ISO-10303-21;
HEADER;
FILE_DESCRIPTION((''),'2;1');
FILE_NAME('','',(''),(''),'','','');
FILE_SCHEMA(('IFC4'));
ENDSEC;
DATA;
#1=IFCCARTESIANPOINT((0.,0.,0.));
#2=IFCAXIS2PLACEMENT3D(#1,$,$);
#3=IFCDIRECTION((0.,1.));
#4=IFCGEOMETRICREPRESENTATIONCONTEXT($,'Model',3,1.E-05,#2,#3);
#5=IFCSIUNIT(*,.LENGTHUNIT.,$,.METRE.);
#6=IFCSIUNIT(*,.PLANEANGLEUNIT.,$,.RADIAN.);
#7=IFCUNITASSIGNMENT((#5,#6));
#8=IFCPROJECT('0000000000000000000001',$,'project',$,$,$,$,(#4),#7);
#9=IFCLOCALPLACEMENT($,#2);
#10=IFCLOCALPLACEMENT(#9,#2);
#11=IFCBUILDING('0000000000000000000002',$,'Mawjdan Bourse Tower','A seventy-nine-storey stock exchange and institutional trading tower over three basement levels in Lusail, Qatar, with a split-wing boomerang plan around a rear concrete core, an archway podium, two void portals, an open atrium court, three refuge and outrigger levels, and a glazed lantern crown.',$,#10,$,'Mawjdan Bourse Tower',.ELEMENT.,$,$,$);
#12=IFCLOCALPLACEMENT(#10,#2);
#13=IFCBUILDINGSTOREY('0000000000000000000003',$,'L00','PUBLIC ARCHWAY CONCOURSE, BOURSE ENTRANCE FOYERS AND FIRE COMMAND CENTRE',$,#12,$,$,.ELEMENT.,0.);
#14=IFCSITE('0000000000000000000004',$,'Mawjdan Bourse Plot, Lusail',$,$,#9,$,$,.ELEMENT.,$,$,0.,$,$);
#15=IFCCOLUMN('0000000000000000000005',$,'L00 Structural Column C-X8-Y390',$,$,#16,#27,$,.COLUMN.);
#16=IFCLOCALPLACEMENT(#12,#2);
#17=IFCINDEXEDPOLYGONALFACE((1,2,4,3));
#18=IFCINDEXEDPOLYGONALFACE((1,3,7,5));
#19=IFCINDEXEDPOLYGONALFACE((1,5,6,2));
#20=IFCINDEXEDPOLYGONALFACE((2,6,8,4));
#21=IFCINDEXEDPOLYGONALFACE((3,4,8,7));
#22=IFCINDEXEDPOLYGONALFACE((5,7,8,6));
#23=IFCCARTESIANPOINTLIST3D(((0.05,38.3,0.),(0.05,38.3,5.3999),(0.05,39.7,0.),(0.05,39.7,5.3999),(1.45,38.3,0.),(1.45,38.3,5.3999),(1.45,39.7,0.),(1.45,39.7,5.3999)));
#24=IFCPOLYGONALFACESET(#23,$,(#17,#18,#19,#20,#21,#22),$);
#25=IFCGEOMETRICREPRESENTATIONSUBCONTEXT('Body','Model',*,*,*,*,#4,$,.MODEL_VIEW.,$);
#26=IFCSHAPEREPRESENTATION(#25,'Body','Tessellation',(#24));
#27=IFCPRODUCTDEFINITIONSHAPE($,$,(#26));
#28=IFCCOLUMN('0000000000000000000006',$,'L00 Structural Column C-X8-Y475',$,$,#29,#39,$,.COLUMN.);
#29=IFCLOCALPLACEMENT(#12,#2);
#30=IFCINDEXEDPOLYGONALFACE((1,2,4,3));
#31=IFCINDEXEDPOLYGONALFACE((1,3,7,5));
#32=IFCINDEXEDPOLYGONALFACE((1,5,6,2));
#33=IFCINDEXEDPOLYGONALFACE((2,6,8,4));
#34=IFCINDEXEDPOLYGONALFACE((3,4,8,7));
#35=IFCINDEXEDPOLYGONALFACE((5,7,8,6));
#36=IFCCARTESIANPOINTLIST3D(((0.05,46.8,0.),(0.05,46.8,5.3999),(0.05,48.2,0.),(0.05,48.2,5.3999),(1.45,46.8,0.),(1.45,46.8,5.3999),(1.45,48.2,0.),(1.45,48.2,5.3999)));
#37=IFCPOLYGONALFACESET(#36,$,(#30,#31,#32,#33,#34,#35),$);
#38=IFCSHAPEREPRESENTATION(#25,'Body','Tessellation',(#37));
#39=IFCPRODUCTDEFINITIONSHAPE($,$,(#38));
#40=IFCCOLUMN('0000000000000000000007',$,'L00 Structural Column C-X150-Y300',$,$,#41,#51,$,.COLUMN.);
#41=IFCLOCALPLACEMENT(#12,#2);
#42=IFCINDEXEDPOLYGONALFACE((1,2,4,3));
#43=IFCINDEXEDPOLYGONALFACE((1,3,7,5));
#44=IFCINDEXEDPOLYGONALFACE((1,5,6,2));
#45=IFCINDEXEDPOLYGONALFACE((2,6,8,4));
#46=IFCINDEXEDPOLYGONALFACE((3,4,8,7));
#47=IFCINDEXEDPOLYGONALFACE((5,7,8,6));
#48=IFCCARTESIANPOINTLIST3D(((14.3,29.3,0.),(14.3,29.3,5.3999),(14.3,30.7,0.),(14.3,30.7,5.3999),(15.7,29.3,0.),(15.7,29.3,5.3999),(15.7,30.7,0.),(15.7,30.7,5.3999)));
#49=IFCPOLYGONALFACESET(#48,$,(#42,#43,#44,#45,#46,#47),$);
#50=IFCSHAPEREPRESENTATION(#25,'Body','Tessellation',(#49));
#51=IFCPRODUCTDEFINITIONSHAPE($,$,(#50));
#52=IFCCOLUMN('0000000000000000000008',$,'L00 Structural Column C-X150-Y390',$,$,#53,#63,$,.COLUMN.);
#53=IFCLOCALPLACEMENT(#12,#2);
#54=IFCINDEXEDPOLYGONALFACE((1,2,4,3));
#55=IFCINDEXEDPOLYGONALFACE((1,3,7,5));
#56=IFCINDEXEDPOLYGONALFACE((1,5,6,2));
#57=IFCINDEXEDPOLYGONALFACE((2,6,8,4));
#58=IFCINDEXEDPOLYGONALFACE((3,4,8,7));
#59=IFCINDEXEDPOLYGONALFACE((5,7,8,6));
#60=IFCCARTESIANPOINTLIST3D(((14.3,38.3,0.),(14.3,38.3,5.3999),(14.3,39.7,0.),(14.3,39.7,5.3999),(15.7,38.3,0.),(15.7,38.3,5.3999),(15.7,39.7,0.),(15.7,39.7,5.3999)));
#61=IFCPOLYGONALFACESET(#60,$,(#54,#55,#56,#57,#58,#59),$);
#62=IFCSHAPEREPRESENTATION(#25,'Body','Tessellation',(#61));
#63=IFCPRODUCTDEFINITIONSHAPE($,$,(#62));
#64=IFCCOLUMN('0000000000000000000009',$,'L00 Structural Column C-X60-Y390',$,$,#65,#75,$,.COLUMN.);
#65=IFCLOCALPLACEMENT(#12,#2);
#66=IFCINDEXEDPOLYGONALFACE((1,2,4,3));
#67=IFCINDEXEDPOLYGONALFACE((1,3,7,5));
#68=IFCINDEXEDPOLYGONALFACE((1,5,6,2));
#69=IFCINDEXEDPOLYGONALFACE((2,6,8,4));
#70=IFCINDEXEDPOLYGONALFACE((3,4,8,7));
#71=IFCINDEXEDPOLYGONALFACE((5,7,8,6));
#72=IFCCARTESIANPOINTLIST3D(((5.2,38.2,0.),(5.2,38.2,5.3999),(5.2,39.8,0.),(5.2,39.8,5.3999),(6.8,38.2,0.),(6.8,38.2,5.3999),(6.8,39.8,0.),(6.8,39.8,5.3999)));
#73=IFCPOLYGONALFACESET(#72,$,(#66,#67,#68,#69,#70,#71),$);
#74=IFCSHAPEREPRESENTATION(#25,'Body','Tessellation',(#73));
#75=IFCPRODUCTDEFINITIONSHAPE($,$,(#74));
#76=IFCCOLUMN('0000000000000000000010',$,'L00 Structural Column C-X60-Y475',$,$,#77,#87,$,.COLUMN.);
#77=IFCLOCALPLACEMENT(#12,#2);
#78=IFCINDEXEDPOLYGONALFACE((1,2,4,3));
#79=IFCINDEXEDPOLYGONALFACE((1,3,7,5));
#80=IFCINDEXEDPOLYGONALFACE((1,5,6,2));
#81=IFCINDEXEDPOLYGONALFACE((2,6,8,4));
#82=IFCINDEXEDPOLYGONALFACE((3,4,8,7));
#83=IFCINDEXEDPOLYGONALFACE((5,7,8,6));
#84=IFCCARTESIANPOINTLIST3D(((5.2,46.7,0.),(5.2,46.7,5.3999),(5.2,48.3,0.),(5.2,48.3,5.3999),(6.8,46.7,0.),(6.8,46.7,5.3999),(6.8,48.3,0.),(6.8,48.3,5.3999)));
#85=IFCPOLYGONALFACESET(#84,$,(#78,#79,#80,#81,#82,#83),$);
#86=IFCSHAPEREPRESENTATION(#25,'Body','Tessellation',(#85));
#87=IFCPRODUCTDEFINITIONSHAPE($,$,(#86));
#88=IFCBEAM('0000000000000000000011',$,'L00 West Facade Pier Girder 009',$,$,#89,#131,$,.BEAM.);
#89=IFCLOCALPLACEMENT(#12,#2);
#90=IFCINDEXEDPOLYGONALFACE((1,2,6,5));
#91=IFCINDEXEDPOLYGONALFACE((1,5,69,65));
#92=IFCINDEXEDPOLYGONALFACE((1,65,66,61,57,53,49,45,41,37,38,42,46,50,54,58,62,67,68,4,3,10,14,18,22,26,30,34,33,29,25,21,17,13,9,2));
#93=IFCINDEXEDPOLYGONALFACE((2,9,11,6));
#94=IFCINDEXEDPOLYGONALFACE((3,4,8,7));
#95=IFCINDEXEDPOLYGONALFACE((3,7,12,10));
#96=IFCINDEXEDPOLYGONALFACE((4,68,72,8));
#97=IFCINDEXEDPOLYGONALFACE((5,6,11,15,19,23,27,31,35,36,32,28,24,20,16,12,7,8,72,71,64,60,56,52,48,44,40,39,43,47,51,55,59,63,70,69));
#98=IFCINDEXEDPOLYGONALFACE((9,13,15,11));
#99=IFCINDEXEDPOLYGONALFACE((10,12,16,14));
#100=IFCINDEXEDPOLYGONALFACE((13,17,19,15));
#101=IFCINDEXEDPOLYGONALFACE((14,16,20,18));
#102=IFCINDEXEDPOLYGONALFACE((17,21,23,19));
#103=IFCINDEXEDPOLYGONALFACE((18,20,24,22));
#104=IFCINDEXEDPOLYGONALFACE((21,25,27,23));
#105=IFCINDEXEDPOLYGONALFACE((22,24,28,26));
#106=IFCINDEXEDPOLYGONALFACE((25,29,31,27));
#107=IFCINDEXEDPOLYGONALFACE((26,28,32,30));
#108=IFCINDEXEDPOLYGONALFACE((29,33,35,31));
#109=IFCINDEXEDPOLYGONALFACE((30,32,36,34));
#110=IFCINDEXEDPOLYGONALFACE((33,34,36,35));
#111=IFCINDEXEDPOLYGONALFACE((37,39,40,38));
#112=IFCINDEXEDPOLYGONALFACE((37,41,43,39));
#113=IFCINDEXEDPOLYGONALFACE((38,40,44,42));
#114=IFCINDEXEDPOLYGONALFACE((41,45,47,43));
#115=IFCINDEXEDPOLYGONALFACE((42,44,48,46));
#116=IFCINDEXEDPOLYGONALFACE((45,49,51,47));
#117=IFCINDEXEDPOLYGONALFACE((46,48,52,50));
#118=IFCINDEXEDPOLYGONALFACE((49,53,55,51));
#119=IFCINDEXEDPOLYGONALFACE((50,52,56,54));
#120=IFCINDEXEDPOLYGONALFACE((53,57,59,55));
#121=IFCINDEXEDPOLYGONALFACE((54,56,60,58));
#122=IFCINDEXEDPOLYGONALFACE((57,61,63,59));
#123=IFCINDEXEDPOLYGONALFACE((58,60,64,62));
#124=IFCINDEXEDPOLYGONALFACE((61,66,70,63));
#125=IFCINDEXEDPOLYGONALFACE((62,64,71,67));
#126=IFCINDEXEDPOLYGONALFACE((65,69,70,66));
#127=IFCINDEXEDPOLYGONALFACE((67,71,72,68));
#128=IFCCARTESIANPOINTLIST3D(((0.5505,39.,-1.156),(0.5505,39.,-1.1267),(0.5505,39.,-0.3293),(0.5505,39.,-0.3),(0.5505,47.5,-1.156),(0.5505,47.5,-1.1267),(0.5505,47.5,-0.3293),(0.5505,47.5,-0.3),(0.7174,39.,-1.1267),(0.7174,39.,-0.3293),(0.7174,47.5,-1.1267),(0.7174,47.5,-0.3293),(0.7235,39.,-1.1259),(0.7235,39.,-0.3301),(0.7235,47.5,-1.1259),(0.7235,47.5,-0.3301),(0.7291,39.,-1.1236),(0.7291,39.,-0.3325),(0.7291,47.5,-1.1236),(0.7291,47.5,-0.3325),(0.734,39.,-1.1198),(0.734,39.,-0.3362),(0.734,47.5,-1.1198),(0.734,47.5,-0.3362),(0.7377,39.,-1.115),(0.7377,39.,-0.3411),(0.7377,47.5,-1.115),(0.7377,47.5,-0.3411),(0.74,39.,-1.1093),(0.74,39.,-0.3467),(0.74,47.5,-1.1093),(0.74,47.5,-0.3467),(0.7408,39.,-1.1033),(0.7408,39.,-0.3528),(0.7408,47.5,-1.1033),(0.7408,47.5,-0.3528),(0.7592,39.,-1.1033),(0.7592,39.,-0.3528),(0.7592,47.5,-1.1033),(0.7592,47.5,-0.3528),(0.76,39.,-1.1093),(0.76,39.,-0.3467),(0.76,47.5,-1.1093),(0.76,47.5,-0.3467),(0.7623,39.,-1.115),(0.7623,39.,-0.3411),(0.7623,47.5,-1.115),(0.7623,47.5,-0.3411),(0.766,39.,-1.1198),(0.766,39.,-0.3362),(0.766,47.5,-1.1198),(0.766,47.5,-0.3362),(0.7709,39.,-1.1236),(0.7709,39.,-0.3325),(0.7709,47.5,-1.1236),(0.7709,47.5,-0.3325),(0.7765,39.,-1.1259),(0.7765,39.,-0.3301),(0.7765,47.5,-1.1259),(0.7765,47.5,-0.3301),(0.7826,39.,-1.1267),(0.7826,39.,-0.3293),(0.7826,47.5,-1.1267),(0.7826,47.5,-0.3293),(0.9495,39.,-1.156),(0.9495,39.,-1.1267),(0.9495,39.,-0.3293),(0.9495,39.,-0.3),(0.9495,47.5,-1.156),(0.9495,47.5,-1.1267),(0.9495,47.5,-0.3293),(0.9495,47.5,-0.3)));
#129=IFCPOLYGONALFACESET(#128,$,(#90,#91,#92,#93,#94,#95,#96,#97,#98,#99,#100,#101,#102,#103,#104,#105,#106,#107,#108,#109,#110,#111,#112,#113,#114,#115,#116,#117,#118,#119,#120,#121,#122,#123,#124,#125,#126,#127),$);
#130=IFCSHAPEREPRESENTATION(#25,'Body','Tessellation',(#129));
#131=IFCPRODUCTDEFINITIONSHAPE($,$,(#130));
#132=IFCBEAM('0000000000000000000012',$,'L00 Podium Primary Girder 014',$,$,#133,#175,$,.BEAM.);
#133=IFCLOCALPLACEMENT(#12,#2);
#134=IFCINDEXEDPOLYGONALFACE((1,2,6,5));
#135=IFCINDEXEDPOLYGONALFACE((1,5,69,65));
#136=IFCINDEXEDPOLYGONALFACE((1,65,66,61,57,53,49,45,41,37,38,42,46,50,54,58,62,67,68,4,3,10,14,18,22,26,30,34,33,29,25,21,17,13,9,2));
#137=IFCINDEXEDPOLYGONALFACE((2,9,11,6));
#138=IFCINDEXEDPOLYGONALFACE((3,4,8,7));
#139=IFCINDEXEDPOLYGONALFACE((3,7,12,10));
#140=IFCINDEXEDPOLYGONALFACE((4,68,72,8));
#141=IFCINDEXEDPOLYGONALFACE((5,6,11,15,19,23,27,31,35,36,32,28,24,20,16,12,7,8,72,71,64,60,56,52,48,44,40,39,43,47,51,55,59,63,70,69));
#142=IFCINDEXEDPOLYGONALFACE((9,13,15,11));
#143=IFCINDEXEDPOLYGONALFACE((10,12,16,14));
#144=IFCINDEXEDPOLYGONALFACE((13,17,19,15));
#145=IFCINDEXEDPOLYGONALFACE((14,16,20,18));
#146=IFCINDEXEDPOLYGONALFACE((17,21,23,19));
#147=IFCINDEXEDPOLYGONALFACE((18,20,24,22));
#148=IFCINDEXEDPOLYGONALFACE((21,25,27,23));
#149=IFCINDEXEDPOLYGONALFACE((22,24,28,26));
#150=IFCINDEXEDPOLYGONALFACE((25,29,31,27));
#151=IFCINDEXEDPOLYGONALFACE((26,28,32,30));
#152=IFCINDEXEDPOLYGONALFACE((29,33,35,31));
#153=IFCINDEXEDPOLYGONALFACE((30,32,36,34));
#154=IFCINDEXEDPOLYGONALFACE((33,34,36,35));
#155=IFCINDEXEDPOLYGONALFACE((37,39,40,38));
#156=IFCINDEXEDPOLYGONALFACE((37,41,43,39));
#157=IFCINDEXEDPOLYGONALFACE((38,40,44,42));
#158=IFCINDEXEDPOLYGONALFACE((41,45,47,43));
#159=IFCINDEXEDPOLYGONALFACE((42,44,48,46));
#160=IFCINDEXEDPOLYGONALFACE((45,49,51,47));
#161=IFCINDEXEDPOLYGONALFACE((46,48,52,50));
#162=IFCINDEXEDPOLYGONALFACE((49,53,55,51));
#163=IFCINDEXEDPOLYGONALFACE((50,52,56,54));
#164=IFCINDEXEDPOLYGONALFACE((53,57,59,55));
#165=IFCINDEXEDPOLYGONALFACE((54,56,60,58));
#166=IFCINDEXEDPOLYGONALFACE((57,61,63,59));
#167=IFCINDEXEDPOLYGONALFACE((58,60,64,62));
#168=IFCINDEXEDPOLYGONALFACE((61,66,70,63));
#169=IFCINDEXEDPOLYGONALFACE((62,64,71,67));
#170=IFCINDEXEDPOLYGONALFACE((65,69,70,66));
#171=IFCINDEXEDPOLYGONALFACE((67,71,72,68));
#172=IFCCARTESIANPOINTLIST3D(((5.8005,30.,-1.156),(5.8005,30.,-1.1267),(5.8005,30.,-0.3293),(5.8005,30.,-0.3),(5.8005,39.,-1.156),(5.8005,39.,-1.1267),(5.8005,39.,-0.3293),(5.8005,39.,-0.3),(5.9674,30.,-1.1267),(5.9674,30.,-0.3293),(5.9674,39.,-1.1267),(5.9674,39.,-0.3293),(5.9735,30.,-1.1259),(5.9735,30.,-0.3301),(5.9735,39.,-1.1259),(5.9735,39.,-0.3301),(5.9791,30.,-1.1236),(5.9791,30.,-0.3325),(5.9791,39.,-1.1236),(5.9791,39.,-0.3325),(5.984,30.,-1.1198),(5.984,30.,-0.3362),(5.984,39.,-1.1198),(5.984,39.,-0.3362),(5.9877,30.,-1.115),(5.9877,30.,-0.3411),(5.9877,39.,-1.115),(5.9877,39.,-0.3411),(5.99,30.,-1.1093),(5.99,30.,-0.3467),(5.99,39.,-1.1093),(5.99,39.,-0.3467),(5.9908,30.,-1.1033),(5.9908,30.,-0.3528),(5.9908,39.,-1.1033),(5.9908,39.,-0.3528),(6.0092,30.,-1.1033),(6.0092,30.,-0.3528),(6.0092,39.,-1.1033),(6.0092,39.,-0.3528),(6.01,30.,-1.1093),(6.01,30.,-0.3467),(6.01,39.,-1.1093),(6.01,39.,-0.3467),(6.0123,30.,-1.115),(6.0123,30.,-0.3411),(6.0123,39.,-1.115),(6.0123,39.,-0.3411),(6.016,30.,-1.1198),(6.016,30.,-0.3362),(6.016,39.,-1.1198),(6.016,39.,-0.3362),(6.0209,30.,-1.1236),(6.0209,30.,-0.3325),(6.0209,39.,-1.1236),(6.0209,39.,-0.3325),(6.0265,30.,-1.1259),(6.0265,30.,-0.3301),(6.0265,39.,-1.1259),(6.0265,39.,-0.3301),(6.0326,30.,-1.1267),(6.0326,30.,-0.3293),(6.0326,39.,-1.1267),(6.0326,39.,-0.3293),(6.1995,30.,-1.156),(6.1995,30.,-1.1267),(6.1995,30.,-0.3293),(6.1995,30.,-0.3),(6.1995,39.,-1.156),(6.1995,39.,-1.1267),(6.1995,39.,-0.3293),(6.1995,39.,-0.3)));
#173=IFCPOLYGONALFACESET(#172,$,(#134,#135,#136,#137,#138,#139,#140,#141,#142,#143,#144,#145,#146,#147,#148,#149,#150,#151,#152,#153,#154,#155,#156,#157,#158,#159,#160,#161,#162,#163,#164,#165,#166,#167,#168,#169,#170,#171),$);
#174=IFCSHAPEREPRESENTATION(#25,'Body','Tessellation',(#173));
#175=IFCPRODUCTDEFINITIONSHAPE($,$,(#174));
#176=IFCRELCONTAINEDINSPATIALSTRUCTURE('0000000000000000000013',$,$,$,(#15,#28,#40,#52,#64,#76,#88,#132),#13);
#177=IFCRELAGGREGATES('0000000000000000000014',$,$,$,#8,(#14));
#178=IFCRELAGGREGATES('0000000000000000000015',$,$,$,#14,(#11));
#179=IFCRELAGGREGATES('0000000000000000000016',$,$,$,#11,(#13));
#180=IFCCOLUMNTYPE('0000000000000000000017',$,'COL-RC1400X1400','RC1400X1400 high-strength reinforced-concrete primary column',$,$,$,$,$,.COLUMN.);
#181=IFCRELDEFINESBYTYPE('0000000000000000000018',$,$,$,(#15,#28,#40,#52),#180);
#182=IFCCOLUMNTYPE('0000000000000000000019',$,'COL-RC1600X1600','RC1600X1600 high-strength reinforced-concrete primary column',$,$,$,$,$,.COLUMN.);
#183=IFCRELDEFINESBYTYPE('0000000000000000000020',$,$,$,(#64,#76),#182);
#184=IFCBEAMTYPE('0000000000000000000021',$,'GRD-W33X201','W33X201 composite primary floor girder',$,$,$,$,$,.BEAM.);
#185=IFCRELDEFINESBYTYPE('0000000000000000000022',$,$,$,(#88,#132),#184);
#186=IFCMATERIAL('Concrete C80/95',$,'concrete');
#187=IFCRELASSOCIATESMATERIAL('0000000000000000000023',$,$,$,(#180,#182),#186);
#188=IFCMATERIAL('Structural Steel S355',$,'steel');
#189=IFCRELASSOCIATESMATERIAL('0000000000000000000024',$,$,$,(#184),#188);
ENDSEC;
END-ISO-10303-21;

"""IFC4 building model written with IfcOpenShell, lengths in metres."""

from ifc_helpers import new_model, si_unit, direction, frame, origin, origin_2d, place, context, subcontext, project, spatial, rectangle, i_section, extrude, material, material_profile, profile_set, type_object, element, save


model = new_model("IFC4")

# Units and contexts
model_context = context("Model", 3, precision=1e-05, world=origin(), true_north=direction((0.0, 1.0)))
body_context = subcontext(model_context, "Body", "Model", "MODEL_VIEW")
ifc_project = project(units=[si_unit("LENGTHUNIT", "METRE"), si_unit("PLANEANGLEUNIT", "RADIAN")], contexts=[model_context])

# Site, building, storey
site_placement = place(None, origin())
site = spatial("IfcSite", under=ifc_project, at=site_placement, Name="Mawjdan Bourse Plot, Lusail", CompositionType="ELEMENT", RefElevation=0.0)
building_placement = place(site_placement, origin())
building = spatial("IfcBuilding", under=site, at=building_placement, Name="Mawjdan Bourse Tower", Description="A seventy-nine-storey stock exchange and institutional trading tower over three basement levels in Lusail, Qatar, with a split-wing boomerang plan around a rear concrete core, an archway podium, two void portals, an open atrium court, three refuge and outrigger levels, and a glazed lantern crown.", LongName="Mawjdan Bourse Tower", CompositionType="ELEMENT")
storey_placement = place(building_placement, origin())
storey = spatial("IfcBuildingStorey", under=building, at=storey_placement, Name="L00", Description="PUBLIC ARCHWAY CONCOURSE, BOURSE ENTRANCE FOYERS AND FIRE COMMAND CENTRE", CompositionType="ELEMENT", Elevation=0.0)

# Columns
ifc_material_1 = material(Name="Concrete C80/95", Category="concrete")
ifc_material_profile_1 = material_profile(ifc_material_1, rectangle(XDim=1.3999, YDim=1.3999, at=origin_2d()), Name="RC1400X1400")
ifc_profile_set_1 = profile_set([ifc_material_profile_1], Name="Concrete C80/95")
column_type_1 = type_object("IfcColumnType", Name="COL-RC1400X1400", Description="RC1400X1400 high-strength reinforced-concrete primary column", PredefinedType="COLUMN", material=ifc_profile_set_1)
for number, where, z_axis, x_axis, name in (
    (1, (0.75, 39.0, 0.0), (0.0, 0.0, 1.0), (1.0, 0.0, 0.0), "L00 Structural Column C-X8-Y390"),
    (2, (0.75, 47.5, 0.0), (0.0, 0.0, 1.0), (1.0, 0.0, 0.0), "L00 Structural Column C-X8-Y475"),
    (3, (15.0, 30.0, 0.0), (0.0, 0.0, 1.0), (1.0, 0.0, 0.0), "L00 Structural Column C-X150-Y300"),
    (4, (15.0, 39.0, 0.0), (0.0, 0.0, 1.0), (1.0, 0.0, 0.0), "L00 Structural Column C-X150-Y390"),
):
    element("IfcColumn", number, at=place(storey_placement, frame(where, z_axis=z_axis, x_axis=x_axis)), inside=storey, type_object=column_type_1, Name=name, PredefinedType="COLUMN", context=body_context, shape_type="SweptSolid", body=[
        extrude(rectangle(XDim=1.3999, YDim=1.3999, at=origin_2d()), origin(), (0.0, 0.0, 1.0), 5.3999),
    ])
ifc_material_profile_2 = material_profile(ifc_material_1, rectangle(XDim=1.6001, YDim=1.6001, at=origin_2d()), Name="RC1600X1600")
ifc_profile_set_2 = profile_set([ifc_material_profile_2], Name="Concrete C80/95")
column_type_2 = type_object("IfcColumnType", Name="COL-RC1600X1600", Description="RC1600X1600 high-strength reinforced-concrete primary column", PredefinedType="COLUMN", material=ifc_profile_set_2)
for number, where, z_axis, x_axis, name in (
    (5, (6.0, 39.0, 0.0), (0.0, 0.0, 1.0), (1.0, 0.0, 0.0), "L00 Structural Column C-X60-Y390"),
    (6, (6.0, 47.5, 0.0), (0.0, 0.0, 1.0), (1.0, 0.0, 0.0), "L00 Structural Column C-X60-Y475"),
):
    element("IfcColumn", number, at=place(storey_placement, frame(where, z_axis=z_axis, x_axis=x_axis)), inside=storey, type_object=column_type_2, Name=name, PredefinedType="COLUMN", context=body_context, shape_type="SweptSolid", body=[
        extrude(rectangle(XDim=1.6001, YDim=1.6001, at=origin_2d()), origin(), (0.0, 0.0, 1.0), 5.3999),
    ])

# Beams
ifc_material_2 = material(Name="Structural Steel S355", Category="steel")
ifc_material_profile_3 = material_profile(ifc_material_2, i_section(OverallWidth=0.3989, OverallDepth=0.856, WebThickness=0.0183, FlangeThickness=0.0293, FilletRadius=0.0234, at=origin_2d()), Name="W33X201")
ifc_profile_set_3 = profile_set([ifc_material_profile_3], Name="Structural Steel S355")
beam_type_1 = type_object("IfcBeamType", Name="GRD-W33X201", Description="W33X201 composite primary floor girder", PredefinedType="BEAM", material=ifc_profile_set_3)
beam_1_placement = place(storey_placement, frame((0.75, 39.0, -0.728), z_axis=(0.0, 1.0, 0.0), x_axis=(-1.0, 0.0, 0.0)))
element("IfcBeam", 7, at=beam_1_placement, inside=storey, type_object=beam_type_1, Name="L00 West Facade Pier Girder 009", PredefinedType="BEAM", context=body_context, shape_type="SweptSolid", body=[
    extrude(i_section(OverallWidth=0.3989, OverallDepth=0.856, WebThickness=0.0183, FlangeThickness=0.0293, FilletRadius=0.0234, at=origin_2d()), origin(), (0.0, 0.0, 1.0), 8.5),
])
beam_2_placement = place(storey_placement, frame((6.0, 30.0, -0.728), z_axis=(0.0, 1.0, 0.0), x_axis=(-1.0, 0.0, 0.0)))
element("IfcBeam", 8, at=beam_2_placement, inside=storey, type_object=beam_type_1, Name="L00 Podium Primary Girder 014", PredefinedType="BEAM", context=body_context, shape_type="SweptSolid", body=[
    extrude(i_section(OverallWidth=0.3989, OverallDepth=0.856, WebThickness=0.0183, FlangeThickness=0.0293, FilletRadius=0.0234, at=origin_2d()), origin(), (0.0, 0.0, 1.0), 9.0),
])

save(model, "model.ifc")
